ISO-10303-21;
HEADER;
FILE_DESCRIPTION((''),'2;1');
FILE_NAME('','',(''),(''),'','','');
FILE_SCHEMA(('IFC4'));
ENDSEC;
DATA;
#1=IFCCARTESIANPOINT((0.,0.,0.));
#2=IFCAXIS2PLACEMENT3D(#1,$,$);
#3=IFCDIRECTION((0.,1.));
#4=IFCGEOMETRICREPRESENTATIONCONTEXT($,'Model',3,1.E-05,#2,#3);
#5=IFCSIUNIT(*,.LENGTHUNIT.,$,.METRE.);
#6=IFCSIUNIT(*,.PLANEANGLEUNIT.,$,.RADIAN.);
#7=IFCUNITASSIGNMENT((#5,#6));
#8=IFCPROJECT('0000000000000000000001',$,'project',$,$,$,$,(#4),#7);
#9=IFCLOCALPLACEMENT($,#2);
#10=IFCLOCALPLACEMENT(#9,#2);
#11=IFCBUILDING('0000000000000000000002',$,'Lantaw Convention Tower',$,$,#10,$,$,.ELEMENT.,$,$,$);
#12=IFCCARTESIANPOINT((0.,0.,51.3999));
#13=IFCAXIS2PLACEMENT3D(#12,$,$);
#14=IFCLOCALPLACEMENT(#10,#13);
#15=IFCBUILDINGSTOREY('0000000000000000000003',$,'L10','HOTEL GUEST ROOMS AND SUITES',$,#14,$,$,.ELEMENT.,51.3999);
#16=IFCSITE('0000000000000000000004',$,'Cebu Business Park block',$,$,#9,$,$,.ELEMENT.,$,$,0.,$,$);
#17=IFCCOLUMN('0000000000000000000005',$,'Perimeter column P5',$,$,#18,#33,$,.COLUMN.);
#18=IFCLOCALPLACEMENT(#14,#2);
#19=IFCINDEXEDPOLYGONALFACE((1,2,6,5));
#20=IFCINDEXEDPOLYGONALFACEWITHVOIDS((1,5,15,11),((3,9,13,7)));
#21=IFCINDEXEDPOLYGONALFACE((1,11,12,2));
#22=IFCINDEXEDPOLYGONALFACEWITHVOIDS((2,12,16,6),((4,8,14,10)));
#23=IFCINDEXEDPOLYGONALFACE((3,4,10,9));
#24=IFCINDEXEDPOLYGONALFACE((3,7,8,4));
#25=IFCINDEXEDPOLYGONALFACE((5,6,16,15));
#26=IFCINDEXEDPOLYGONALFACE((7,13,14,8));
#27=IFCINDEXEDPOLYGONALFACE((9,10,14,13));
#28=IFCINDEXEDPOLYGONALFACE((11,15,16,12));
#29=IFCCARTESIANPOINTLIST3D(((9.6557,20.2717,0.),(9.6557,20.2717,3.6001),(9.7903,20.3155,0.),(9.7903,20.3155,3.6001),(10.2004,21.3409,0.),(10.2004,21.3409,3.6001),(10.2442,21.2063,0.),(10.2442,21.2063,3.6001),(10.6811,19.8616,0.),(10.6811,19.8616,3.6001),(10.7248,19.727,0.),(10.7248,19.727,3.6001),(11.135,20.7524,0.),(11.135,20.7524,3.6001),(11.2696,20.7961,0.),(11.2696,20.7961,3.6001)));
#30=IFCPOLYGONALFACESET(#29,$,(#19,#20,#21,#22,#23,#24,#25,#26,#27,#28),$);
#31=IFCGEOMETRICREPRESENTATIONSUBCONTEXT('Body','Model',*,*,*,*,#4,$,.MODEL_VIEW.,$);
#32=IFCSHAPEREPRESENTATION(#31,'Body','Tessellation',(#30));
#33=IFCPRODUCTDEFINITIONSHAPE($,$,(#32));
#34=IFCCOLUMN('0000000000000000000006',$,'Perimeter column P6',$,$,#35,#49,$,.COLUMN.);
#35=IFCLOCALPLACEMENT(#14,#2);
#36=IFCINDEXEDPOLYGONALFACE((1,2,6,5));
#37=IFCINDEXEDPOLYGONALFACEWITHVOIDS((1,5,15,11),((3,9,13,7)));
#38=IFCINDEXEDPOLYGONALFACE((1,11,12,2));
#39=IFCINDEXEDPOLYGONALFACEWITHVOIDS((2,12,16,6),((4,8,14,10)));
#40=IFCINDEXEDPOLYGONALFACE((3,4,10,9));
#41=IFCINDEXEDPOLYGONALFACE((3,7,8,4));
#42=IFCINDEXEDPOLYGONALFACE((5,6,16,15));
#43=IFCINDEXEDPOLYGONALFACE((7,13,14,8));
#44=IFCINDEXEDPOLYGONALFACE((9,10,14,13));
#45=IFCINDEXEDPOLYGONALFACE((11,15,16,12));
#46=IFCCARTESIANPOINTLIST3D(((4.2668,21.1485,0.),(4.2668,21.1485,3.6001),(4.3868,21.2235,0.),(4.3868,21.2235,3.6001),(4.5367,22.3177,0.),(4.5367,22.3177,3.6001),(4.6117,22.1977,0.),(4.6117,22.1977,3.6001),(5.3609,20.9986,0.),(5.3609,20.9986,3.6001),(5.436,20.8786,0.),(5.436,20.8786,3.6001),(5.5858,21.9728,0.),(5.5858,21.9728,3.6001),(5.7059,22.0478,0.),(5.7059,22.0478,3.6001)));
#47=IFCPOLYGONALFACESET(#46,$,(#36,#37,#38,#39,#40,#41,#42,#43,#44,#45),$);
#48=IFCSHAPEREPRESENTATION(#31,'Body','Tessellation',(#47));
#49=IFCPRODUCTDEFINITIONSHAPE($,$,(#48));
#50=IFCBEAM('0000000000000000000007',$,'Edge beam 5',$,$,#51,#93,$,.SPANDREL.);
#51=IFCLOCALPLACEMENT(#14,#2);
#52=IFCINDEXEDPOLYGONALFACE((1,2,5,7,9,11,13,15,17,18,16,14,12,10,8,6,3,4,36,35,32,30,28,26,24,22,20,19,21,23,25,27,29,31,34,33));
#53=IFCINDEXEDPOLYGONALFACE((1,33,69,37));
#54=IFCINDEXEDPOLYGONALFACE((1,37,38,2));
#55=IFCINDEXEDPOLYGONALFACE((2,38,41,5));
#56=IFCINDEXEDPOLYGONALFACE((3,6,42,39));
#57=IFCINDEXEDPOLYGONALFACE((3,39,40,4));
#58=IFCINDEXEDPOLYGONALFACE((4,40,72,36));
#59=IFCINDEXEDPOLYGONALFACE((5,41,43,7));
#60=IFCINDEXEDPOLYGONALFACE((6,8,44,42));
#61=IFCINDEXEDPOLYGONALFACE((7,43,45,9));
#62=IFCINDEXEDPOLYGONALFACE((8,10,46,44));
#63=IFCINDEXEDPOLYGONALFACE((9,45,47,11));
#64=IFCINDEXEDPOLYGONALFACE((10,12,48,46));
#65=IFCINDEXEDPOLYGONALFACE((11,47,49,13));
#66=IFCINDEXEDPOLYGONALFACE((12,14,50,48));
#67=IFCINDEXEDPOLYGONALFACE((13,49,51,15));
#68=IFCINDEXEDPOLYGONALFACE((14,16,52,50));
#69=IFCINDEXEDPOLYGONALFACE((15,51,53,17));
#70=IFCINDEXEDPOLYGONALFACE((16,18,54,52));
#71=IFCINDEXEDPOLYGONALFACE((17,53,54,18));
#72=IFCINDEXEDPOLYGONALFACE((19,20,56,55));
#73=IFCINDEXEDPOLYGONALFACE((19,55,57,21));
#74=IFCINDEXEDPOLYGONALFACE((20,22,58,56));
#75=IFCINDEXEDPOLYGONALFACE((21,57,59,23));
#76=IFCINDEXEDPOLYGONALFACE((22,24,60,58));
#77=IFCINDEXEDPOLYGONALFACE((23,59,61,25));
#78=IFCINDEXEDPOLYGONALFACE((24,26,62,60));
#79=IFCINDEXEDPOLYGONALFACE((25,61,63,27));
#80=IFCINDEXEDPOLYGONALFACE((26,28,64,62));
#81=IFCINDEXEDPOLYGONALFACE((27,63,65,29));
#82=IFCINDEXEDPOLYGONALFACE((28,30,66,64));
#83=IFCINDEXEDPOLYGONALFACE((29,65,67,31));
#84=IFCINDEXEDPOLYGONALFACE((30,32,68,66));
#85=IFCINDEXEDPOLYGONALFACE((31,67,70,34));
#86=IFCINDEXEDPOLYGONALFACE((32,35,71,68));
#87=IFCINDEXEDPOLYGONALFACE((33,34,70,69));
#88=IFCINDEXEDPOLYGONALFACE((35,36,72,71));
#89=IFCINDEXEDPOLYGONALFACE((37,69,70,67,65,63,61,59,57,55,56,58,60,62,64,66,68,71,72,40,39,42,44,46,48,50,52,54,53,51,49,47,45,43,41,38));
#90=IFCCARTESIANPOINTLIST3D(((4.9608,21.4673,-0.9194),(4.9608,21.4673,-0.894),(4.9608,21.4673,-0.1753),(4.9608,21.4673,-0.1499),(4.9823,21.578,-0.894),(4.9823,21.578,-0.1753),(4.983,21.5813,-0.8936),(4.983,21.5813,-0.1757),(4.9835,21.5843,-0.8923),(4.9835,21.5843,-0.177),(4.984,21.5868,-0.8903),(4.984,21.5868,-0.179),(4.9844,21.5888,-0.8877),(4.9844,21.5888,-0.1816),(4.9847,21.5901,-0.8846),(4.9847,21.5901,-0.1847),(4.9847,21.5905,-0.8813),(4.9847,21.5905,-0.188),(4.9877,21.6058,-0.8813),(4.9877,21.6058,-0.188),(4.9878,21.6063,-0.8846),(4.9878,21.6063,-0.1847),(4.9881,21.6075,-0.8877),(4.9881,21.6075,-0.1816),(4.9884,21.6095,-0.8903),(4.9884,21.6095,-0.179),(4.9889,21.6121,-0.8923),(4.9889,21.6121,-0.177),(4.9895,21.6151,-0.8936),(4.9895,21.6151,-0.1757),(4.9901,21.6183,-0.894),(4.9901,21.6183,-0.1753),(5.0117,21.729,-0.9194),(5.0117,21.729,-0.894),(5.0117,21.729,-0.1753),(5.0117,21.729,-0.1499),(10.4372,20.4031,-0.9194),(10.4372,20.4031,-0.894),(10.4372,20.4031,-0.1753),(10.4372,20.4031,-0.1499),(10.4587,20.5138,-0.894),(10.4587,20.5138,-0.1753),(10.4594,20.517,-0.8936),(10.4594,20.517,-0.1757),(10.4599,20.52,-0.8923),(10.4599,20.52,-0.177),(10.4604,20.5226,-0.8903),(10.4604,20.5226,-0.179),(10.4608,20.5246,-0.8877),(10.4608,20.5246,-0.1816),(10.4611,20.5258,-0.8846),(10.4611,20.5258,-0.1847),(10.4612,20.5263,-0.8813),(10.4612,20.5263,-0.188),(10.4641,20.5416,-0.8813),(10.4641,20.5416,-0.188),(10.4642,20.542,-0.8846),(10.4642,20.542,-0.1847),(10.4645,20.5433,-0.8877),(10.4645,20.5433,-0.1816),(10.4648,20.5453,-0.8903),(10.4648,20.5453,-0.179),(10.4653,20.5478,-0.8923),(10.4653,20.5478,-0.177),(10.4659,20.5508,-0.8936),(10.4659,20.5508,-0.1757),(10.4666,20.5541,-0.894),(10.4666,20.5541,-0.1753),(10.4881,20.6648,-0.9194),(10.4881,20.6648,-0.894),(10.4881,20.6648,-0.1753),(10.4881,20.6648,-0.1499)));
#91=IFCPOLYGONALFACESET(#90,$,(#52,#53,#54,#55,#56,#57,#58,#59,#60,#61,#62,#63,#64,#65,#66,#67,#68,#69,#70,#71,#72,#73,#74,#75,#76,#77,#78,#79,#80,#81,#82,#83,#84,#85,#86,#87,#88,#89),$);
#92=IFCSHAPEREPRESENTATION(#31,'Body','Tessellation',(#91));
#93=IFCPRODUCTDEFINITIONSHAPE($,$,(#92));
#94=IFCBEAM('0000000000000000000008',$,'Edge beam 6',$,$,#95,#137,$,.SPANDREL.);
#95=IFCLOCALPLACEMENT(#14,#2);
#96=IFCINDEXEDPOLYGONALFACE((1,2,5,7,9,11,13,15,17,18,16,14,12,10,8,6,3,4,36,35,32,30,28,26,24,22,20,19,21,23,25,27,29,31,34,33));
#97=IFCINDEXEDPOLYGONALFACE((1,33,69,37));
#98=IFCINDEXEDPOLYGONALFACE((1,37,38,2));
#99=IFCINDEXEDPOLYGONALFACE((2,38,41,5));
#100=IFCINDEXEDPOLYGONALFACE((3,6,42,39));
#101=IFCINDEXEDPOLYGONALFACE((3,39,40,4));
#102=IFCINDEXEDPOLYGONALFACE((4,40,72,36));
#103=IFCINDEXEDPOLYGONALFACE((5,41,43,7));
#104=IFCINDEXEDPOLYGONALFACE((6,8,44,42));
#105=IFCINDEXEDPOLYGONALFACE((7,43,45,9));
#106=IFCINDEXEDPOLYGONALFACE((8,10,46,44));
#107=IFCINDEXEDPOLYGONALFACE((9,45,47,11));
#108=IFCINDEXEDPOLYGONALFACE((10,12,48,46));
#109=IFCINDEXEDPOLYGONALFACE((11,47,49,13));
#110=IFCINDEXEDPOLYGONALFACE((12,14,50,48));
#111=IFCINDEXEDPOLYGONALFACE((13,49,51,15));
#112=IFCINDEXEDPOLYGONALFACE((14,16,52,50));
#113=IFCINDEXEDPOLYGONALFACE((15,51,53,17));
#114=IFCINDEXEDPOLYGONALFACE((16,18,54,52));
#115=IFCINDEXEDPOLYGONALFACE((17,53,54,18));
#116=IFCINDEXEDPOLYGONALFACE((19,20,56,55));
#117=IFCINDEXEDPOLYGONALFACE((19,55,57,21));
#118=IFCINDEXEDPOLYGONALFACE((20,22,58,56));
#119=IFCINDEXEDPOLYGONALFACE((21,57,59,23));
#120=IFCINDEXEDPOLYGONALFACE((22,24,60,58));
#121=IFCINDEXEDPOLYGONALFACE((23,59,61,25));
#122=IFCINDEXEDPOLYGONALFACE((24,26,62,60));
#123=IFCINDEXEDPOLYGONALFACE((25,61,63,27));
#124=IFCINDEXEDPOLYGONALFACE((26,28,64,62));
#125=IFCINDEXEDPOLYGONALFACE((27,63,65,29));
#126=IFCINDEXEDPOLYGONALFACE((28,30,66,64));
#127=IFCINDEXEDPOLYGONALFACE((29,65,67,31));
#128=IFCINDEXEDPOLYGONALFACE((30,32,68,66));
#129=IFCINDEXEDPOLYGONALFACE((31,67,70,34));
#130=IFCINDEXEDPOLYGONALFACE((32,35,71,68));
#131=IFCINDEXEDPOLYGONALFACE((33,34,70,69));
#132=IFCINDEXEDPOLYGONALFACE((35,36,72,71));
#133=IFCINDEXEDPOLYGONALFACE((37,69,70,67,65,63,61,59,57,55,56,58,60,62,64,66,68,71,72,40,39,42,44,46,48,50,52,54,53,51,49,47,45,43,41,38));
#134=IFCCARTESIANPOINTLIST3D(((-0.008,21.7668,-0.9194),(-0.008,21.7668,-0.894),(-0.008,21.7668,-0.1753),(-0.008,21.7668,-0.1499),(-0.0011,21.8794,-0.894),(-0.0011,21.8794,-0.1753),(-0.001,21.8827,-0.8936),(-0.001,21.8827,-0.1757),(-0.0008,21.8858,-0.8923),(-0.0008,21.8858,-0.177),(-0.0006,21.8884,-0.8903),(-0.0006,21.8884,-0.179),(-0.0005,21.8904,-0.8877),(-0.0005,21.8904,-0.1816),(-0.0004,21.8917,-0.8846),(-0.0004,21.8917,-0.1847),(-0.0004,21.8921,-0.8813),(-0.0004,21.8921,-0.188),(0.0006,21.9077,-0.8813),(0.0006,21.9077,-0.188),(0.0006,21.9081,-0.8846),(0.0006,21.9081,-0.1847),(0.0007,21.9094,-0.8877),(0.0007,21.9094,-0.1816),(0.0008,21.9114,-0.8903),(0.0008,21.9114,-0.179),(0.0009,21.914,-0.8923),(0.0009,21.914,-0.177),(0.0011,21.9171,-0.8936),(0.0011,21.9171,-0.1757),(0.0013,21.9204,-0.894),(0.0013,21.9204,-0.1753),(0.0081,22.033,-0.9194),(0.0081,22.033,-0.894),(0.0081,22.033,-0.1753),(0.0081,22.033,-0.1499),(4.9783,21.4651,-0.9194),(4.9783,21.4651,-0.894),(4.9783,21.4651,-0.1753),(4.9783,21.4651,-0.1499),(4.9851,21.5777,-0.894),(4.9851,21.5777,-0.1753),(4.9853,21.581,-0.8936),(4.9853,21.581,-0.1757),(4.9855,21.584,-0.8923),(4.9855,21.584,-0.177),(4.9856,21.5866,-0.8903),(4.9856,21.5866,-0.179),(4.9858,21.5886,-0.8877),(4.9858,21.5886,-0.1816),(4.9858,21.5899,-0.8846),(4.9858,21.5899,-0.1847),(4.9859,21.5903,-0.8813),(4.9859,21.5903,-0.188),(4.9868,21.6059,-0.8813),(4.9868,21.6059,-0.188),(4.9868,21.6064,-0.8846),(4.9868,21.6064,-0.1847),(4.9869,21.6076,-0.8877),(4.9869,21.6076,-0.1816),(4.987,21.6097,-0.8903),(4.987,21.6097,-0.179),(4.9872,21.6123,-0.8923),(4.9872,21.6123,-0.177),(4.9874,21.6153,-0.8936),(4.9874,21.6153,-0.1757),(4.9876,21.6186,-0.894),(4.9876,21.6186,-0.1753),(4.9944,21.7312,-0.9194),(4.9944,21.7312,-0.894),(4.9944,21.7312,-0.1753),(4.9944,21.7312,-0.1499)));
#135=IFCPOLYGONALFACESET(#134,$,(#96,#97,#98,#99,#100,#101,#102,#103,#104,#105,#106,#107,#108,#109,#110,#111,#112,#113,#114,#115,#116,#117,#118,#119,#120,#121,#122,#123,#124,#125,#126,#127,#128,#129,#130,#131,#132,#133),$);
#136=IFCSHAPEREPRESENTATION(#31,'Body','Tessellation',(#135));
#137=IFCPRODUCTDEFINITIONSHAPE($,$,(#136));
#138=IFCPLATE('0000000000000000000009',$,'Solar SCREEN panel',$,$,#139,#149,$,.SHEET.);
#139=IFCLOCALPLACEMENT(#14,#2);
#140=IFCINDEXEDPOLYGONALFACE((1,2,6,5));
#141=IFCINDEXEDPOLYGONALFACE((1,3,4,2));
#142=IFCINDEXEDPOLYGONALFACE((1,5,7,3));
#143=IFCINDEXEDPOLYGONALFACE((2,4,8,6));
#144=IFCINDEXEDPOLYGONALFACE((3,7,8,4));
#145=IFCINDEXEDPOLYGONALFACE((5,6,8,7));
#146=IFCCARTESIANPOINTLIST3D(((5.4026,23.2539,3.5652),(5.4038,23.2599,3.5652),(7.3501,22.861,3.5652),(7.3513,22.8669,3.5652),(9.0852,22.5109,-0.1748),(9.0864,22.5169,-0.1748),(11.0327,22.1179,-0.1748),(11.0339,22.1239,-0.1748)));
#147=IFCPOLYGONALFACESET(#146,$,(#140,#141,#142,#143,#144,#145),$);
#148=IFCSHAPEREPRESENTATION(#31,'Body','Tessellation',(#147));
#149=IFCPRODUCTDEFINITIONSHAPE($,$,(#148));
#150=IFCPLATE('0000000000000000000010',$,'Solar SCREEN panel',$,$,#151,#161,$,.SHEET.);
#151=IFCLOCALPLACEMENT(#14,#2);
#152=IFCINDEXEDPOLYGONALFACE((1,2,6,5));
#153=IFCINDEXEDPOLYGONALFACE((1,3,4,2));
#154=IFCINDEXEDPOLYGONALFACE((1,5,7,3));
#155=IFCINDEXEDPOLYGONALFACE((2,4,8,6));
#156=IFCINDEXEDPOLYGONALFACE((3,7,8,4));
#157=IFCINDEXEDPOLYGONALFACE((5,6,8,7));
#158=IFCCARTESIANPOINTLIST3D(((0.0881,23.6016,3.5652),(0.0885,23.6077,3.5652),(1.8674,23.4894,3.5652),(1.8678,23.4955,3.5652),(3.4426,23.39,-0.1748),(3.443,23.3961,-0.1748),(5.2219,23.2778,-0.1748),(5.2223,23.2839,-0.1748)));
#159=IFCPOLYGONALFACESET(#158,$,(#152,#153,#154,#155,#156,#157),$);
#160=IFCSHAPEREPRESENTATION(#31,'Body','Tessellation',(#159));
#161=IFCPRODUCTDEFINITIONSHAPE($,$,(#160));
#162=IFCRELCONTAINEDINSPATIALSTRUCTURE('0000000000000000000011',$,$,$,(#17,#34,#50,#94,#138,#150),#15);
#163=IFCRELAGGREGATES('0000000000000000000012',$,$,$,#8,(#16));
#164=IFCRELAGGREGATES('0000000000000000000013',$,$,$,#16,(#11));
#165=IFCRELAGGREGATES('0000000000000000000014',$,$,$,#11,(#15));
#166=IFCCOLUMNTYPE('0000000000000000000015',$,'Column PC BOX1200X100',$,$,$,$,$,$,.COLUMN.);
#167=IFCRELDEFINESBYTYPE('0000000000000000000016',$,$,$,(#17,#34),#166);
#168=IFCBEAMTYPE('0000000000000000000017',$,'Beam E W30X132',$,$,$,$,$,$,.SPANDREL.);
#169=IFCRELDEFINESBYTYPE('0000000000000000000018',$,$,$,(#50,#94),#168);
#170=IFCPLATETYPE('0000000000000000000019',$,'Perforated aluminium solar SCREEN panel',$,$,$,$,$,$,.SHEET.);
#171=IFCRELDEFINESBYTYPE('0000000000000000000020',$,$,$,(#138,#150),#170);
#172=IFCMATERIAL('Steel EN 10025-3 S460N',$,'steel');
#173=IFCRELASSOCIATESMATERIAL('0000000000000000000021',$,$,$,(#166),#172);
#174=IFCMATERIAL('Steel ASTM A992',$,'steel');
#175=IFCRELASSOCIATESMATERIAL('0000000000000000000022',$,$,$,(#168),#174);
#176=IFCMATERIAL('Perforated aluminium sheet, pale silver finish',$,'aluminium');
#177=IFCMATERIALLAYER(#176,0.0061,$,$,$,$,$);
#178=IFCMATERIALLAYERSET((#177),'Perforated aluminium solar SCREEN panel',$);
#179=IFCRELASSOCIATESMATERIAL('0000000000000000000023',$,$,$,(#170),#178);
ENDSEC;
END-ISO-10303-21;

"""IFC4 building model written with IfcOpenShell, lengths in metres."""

from ifc_helpers import new_model, si_unit, direction, frame, origin, origin_2d, place, context, subcontext, project, spatial, polyline, rectangle, hollow_rectangle, i_section, outline, extrude, material, layer, layer_set, material_profile, profile_set, type_object, element, save


model = new_model("IFC4")

# Units and contexts
model_context = context("Model", 3, precision=1e-05, world=origin(), true_north=direction((0.0, 1.0)))
body_context = subcontext(model_context, "Body", "Model", "MODEL_VIEW")
ifc_project = project(units=[si_unit("LENGTHUNIT", "METRE"), si_unit("PLANEANGLEUNIT", "RADIAN")], contexts=[model_context])

# Site, building, storey
site_placement = place(None, origin())
site = spatial("IfcSite", under=ifc_project, at=site_placement, Name="Cebu Business Park block", CompositionType="ELEMENT", RefElevation=0.0)
building_placement = place(site_placement, origin())
building = spatial("IfcBuilding", under=site, at=building_placement, Name="Lantaw Convention Tower", CompositionType="ELEMENT")
storey_placement = place(building_placement, frame((0.0, 0.0, 51.3999)))
storey = spatial("IfcBuildingStorey", under=building, at=storey_placement, Name="L10", Description="HOTEL GUEST ROOMS AND SUITES", CompositionType="ELEMENT", Elevation=51.3999)

# Columns
ifc_material_1 = material(Name="Steel EN 10025-3 S460N", Category="steel")
ifc_material_profile_1 = material_profile(ifc_material_1, hollow_rectangle(XDim=1.2, YDim=1.2, WallThickness=0.1001, at=origin_2d()), Name="BOX1200X100")
ifc_material_2 = material(Name="Concrete C60/75", Category="concrete")
ifc_material_profile_2 = material_profile(ifc_material_2, rectangle(XDim=1.0, YDim=1.0, at=origin_2d()), Name="Concrete fill of BOX1200X100")
ifc_profile_set_1 = profile_set([ifc_material_profile_1, ifc_material_profile_2], Name="Steel EN 10025-3 S460N")
column_type = type_object("IfcColumnType", Name="Column PC BOX1200X100", PredefinedType="COLUMN", material=ifc_profile_set_1)
for number, where, z_axis, x_axis, name in (
    (1, (10.4626, 20.5339, 0.0), (0.0, 0.0, 1.0), (0.45399, 0.891007, 0.0), "Perimeter column P5"),
    (2, (4.9863, 21.5981, 0.0), (0.0, 0.0, 1.0), (0.224951, 0.97437, 0.0), "Perimeter column P6"),
):
    element("IfcColumn", number, at=place(storey_placement, frame(where, z_axis=z_axis, x_axis=x_axis)), inside=storey, type_object=column_type, Name=name, PredefinedType="COLUMN", context=body_context, shape_type="SweptSolid", body=[
        extrude(hollow_rectangle(XDim=1.2, YDim=1.2, WallThickness=0.1001, at=origin_2d()), origin(), (0.0, 0.0, 1.0), 3.6001),
    ])

# Beams
ifc_material_3 = material(Name="Steel ASTM A992", Category="steel")
ifc_material_profile_3 = material_profile(ifc_material_3, i_section(OverallWidth=0.2666, OverallDepth=0.7695, WebThickness=0.0156, FlangeThickness=0.0254, FilletRadius=0.0127, at=origin_2d()), Name="W30X132")
ifc_profile_set_2 = profile_set([ifc_material_profile_3], Name="Steel ASTM A992")
beam_type = type_object("IfcBeamType", Name="Beam E W30X132", PredefinedType="SPANDREL", material=ifc_profile_set_2)
beam_1_placement = place(storey_placement, frame((10.4626, 20.5339, -0.5347), z_axis=(-0.981637, 0.190761, 0.0), x_axis=(-0.190761, -0.981637, 0.0)))
element("IfcBeam", 3, at=beam_1_placement, inside=storey, type_object=beam_type, Name="Edge beam 5", PredefinedType="SPANDREL", context=body_context, shape_type="SweptSolid", body=[
    extrude(i_section(OverallWidth=0.2666, OverallDepth=0.7695, WebThickness=0.0156, FlangeThickness=0.0254, FilletRadius=0.0127, at=origin_2d()), origin(), (0.0, 0.0, 1.0), 5.5789),
])
beam_2_placement = place(storey_placement, frame((4.9863, 21.5981, -0.5347), z_axis=(-0.998174, 0.060407, 0.0), x_axis=(-0.060407, -0.998174, 0.0)))
element("IfcBeam", 4, at=beam_2_placement, inside=storey, type_object=beam_type, Name="Edge beam 6", PredefinedType="SPANDREL", context=body_context, shape_type="SweptSolid", body=[
    extrude(i_section(OverallWidth=0.2666, OverallDepth=0.7695, WebThickness=0.0156, FlangeThickness=0.0254, FilletRadius=0.0127, at=origin_2d()), origin(), (0.0, 0.0, 1.0), 4.9954),
])

# Plates
ifc_material_4 = material(Name="Perforated aluminium sheet, pale silver finish", Category="aluminium")
ifc_layer_1 = layer(ifc_material_4, 0.0061)
ifc_layer_set_1 = layer_set([ifc_layer_1], Name="Perforated aluminium solar SCREEN panel")
plate_type = type_object("IfcPlateType", Name="Perforated aluminium solar SCREEN panel", PredefinedType="SHEET", material=ifc_layer_set_1)
plate_1_placement = place(storey_placement, frame((11.0327, 22.1179, -0.1748), z_axis=(-0.197782, -0.980246, 0.000002), x_axis=(-0.980246, 0.197782, 0.0)))
element("IfcPlate", 5, at=plate_1_placement, inside=storey, type_object=plate_type, Name="Solar SCREEN panel", PredefinedType="SHEET", context=body_context, shape_type="SweptSolid", body=[
    extrude(outline(polyline([(0.0, 0.0), (1.9868, 0.0), (5.7436, -3.74), (3.7569, -3.74), (0.0, 0.0)])), origin(), (0.0, 0.0, -1.0), 0.0061),
])
plate_2_placement = place(storey_placement, frame((5.2219, 23.2778, -0.1748), z_axis=(-0.062924, -0.998018, 0.000014), x_axis=(-0.998018, 0.062924, 0.0)))
element("IfcPlate", 6, at=plate_2_placement, inside=storey, type_object=plate_type, Name="Solar SCREEN panel", PredefinedType="SHEET", context=body_context, shape_type="SweptSolid", body=[
    extrude(outline(polyline([(0.0, 0.0), (1.7828, 0.0), (5.144, -3.74), (3.3612, -3.74), (0.0, 0.0)])), origin(), (0.0, 0.0, -1.0), 0.0061),
])

save(model, "model.ifc")
